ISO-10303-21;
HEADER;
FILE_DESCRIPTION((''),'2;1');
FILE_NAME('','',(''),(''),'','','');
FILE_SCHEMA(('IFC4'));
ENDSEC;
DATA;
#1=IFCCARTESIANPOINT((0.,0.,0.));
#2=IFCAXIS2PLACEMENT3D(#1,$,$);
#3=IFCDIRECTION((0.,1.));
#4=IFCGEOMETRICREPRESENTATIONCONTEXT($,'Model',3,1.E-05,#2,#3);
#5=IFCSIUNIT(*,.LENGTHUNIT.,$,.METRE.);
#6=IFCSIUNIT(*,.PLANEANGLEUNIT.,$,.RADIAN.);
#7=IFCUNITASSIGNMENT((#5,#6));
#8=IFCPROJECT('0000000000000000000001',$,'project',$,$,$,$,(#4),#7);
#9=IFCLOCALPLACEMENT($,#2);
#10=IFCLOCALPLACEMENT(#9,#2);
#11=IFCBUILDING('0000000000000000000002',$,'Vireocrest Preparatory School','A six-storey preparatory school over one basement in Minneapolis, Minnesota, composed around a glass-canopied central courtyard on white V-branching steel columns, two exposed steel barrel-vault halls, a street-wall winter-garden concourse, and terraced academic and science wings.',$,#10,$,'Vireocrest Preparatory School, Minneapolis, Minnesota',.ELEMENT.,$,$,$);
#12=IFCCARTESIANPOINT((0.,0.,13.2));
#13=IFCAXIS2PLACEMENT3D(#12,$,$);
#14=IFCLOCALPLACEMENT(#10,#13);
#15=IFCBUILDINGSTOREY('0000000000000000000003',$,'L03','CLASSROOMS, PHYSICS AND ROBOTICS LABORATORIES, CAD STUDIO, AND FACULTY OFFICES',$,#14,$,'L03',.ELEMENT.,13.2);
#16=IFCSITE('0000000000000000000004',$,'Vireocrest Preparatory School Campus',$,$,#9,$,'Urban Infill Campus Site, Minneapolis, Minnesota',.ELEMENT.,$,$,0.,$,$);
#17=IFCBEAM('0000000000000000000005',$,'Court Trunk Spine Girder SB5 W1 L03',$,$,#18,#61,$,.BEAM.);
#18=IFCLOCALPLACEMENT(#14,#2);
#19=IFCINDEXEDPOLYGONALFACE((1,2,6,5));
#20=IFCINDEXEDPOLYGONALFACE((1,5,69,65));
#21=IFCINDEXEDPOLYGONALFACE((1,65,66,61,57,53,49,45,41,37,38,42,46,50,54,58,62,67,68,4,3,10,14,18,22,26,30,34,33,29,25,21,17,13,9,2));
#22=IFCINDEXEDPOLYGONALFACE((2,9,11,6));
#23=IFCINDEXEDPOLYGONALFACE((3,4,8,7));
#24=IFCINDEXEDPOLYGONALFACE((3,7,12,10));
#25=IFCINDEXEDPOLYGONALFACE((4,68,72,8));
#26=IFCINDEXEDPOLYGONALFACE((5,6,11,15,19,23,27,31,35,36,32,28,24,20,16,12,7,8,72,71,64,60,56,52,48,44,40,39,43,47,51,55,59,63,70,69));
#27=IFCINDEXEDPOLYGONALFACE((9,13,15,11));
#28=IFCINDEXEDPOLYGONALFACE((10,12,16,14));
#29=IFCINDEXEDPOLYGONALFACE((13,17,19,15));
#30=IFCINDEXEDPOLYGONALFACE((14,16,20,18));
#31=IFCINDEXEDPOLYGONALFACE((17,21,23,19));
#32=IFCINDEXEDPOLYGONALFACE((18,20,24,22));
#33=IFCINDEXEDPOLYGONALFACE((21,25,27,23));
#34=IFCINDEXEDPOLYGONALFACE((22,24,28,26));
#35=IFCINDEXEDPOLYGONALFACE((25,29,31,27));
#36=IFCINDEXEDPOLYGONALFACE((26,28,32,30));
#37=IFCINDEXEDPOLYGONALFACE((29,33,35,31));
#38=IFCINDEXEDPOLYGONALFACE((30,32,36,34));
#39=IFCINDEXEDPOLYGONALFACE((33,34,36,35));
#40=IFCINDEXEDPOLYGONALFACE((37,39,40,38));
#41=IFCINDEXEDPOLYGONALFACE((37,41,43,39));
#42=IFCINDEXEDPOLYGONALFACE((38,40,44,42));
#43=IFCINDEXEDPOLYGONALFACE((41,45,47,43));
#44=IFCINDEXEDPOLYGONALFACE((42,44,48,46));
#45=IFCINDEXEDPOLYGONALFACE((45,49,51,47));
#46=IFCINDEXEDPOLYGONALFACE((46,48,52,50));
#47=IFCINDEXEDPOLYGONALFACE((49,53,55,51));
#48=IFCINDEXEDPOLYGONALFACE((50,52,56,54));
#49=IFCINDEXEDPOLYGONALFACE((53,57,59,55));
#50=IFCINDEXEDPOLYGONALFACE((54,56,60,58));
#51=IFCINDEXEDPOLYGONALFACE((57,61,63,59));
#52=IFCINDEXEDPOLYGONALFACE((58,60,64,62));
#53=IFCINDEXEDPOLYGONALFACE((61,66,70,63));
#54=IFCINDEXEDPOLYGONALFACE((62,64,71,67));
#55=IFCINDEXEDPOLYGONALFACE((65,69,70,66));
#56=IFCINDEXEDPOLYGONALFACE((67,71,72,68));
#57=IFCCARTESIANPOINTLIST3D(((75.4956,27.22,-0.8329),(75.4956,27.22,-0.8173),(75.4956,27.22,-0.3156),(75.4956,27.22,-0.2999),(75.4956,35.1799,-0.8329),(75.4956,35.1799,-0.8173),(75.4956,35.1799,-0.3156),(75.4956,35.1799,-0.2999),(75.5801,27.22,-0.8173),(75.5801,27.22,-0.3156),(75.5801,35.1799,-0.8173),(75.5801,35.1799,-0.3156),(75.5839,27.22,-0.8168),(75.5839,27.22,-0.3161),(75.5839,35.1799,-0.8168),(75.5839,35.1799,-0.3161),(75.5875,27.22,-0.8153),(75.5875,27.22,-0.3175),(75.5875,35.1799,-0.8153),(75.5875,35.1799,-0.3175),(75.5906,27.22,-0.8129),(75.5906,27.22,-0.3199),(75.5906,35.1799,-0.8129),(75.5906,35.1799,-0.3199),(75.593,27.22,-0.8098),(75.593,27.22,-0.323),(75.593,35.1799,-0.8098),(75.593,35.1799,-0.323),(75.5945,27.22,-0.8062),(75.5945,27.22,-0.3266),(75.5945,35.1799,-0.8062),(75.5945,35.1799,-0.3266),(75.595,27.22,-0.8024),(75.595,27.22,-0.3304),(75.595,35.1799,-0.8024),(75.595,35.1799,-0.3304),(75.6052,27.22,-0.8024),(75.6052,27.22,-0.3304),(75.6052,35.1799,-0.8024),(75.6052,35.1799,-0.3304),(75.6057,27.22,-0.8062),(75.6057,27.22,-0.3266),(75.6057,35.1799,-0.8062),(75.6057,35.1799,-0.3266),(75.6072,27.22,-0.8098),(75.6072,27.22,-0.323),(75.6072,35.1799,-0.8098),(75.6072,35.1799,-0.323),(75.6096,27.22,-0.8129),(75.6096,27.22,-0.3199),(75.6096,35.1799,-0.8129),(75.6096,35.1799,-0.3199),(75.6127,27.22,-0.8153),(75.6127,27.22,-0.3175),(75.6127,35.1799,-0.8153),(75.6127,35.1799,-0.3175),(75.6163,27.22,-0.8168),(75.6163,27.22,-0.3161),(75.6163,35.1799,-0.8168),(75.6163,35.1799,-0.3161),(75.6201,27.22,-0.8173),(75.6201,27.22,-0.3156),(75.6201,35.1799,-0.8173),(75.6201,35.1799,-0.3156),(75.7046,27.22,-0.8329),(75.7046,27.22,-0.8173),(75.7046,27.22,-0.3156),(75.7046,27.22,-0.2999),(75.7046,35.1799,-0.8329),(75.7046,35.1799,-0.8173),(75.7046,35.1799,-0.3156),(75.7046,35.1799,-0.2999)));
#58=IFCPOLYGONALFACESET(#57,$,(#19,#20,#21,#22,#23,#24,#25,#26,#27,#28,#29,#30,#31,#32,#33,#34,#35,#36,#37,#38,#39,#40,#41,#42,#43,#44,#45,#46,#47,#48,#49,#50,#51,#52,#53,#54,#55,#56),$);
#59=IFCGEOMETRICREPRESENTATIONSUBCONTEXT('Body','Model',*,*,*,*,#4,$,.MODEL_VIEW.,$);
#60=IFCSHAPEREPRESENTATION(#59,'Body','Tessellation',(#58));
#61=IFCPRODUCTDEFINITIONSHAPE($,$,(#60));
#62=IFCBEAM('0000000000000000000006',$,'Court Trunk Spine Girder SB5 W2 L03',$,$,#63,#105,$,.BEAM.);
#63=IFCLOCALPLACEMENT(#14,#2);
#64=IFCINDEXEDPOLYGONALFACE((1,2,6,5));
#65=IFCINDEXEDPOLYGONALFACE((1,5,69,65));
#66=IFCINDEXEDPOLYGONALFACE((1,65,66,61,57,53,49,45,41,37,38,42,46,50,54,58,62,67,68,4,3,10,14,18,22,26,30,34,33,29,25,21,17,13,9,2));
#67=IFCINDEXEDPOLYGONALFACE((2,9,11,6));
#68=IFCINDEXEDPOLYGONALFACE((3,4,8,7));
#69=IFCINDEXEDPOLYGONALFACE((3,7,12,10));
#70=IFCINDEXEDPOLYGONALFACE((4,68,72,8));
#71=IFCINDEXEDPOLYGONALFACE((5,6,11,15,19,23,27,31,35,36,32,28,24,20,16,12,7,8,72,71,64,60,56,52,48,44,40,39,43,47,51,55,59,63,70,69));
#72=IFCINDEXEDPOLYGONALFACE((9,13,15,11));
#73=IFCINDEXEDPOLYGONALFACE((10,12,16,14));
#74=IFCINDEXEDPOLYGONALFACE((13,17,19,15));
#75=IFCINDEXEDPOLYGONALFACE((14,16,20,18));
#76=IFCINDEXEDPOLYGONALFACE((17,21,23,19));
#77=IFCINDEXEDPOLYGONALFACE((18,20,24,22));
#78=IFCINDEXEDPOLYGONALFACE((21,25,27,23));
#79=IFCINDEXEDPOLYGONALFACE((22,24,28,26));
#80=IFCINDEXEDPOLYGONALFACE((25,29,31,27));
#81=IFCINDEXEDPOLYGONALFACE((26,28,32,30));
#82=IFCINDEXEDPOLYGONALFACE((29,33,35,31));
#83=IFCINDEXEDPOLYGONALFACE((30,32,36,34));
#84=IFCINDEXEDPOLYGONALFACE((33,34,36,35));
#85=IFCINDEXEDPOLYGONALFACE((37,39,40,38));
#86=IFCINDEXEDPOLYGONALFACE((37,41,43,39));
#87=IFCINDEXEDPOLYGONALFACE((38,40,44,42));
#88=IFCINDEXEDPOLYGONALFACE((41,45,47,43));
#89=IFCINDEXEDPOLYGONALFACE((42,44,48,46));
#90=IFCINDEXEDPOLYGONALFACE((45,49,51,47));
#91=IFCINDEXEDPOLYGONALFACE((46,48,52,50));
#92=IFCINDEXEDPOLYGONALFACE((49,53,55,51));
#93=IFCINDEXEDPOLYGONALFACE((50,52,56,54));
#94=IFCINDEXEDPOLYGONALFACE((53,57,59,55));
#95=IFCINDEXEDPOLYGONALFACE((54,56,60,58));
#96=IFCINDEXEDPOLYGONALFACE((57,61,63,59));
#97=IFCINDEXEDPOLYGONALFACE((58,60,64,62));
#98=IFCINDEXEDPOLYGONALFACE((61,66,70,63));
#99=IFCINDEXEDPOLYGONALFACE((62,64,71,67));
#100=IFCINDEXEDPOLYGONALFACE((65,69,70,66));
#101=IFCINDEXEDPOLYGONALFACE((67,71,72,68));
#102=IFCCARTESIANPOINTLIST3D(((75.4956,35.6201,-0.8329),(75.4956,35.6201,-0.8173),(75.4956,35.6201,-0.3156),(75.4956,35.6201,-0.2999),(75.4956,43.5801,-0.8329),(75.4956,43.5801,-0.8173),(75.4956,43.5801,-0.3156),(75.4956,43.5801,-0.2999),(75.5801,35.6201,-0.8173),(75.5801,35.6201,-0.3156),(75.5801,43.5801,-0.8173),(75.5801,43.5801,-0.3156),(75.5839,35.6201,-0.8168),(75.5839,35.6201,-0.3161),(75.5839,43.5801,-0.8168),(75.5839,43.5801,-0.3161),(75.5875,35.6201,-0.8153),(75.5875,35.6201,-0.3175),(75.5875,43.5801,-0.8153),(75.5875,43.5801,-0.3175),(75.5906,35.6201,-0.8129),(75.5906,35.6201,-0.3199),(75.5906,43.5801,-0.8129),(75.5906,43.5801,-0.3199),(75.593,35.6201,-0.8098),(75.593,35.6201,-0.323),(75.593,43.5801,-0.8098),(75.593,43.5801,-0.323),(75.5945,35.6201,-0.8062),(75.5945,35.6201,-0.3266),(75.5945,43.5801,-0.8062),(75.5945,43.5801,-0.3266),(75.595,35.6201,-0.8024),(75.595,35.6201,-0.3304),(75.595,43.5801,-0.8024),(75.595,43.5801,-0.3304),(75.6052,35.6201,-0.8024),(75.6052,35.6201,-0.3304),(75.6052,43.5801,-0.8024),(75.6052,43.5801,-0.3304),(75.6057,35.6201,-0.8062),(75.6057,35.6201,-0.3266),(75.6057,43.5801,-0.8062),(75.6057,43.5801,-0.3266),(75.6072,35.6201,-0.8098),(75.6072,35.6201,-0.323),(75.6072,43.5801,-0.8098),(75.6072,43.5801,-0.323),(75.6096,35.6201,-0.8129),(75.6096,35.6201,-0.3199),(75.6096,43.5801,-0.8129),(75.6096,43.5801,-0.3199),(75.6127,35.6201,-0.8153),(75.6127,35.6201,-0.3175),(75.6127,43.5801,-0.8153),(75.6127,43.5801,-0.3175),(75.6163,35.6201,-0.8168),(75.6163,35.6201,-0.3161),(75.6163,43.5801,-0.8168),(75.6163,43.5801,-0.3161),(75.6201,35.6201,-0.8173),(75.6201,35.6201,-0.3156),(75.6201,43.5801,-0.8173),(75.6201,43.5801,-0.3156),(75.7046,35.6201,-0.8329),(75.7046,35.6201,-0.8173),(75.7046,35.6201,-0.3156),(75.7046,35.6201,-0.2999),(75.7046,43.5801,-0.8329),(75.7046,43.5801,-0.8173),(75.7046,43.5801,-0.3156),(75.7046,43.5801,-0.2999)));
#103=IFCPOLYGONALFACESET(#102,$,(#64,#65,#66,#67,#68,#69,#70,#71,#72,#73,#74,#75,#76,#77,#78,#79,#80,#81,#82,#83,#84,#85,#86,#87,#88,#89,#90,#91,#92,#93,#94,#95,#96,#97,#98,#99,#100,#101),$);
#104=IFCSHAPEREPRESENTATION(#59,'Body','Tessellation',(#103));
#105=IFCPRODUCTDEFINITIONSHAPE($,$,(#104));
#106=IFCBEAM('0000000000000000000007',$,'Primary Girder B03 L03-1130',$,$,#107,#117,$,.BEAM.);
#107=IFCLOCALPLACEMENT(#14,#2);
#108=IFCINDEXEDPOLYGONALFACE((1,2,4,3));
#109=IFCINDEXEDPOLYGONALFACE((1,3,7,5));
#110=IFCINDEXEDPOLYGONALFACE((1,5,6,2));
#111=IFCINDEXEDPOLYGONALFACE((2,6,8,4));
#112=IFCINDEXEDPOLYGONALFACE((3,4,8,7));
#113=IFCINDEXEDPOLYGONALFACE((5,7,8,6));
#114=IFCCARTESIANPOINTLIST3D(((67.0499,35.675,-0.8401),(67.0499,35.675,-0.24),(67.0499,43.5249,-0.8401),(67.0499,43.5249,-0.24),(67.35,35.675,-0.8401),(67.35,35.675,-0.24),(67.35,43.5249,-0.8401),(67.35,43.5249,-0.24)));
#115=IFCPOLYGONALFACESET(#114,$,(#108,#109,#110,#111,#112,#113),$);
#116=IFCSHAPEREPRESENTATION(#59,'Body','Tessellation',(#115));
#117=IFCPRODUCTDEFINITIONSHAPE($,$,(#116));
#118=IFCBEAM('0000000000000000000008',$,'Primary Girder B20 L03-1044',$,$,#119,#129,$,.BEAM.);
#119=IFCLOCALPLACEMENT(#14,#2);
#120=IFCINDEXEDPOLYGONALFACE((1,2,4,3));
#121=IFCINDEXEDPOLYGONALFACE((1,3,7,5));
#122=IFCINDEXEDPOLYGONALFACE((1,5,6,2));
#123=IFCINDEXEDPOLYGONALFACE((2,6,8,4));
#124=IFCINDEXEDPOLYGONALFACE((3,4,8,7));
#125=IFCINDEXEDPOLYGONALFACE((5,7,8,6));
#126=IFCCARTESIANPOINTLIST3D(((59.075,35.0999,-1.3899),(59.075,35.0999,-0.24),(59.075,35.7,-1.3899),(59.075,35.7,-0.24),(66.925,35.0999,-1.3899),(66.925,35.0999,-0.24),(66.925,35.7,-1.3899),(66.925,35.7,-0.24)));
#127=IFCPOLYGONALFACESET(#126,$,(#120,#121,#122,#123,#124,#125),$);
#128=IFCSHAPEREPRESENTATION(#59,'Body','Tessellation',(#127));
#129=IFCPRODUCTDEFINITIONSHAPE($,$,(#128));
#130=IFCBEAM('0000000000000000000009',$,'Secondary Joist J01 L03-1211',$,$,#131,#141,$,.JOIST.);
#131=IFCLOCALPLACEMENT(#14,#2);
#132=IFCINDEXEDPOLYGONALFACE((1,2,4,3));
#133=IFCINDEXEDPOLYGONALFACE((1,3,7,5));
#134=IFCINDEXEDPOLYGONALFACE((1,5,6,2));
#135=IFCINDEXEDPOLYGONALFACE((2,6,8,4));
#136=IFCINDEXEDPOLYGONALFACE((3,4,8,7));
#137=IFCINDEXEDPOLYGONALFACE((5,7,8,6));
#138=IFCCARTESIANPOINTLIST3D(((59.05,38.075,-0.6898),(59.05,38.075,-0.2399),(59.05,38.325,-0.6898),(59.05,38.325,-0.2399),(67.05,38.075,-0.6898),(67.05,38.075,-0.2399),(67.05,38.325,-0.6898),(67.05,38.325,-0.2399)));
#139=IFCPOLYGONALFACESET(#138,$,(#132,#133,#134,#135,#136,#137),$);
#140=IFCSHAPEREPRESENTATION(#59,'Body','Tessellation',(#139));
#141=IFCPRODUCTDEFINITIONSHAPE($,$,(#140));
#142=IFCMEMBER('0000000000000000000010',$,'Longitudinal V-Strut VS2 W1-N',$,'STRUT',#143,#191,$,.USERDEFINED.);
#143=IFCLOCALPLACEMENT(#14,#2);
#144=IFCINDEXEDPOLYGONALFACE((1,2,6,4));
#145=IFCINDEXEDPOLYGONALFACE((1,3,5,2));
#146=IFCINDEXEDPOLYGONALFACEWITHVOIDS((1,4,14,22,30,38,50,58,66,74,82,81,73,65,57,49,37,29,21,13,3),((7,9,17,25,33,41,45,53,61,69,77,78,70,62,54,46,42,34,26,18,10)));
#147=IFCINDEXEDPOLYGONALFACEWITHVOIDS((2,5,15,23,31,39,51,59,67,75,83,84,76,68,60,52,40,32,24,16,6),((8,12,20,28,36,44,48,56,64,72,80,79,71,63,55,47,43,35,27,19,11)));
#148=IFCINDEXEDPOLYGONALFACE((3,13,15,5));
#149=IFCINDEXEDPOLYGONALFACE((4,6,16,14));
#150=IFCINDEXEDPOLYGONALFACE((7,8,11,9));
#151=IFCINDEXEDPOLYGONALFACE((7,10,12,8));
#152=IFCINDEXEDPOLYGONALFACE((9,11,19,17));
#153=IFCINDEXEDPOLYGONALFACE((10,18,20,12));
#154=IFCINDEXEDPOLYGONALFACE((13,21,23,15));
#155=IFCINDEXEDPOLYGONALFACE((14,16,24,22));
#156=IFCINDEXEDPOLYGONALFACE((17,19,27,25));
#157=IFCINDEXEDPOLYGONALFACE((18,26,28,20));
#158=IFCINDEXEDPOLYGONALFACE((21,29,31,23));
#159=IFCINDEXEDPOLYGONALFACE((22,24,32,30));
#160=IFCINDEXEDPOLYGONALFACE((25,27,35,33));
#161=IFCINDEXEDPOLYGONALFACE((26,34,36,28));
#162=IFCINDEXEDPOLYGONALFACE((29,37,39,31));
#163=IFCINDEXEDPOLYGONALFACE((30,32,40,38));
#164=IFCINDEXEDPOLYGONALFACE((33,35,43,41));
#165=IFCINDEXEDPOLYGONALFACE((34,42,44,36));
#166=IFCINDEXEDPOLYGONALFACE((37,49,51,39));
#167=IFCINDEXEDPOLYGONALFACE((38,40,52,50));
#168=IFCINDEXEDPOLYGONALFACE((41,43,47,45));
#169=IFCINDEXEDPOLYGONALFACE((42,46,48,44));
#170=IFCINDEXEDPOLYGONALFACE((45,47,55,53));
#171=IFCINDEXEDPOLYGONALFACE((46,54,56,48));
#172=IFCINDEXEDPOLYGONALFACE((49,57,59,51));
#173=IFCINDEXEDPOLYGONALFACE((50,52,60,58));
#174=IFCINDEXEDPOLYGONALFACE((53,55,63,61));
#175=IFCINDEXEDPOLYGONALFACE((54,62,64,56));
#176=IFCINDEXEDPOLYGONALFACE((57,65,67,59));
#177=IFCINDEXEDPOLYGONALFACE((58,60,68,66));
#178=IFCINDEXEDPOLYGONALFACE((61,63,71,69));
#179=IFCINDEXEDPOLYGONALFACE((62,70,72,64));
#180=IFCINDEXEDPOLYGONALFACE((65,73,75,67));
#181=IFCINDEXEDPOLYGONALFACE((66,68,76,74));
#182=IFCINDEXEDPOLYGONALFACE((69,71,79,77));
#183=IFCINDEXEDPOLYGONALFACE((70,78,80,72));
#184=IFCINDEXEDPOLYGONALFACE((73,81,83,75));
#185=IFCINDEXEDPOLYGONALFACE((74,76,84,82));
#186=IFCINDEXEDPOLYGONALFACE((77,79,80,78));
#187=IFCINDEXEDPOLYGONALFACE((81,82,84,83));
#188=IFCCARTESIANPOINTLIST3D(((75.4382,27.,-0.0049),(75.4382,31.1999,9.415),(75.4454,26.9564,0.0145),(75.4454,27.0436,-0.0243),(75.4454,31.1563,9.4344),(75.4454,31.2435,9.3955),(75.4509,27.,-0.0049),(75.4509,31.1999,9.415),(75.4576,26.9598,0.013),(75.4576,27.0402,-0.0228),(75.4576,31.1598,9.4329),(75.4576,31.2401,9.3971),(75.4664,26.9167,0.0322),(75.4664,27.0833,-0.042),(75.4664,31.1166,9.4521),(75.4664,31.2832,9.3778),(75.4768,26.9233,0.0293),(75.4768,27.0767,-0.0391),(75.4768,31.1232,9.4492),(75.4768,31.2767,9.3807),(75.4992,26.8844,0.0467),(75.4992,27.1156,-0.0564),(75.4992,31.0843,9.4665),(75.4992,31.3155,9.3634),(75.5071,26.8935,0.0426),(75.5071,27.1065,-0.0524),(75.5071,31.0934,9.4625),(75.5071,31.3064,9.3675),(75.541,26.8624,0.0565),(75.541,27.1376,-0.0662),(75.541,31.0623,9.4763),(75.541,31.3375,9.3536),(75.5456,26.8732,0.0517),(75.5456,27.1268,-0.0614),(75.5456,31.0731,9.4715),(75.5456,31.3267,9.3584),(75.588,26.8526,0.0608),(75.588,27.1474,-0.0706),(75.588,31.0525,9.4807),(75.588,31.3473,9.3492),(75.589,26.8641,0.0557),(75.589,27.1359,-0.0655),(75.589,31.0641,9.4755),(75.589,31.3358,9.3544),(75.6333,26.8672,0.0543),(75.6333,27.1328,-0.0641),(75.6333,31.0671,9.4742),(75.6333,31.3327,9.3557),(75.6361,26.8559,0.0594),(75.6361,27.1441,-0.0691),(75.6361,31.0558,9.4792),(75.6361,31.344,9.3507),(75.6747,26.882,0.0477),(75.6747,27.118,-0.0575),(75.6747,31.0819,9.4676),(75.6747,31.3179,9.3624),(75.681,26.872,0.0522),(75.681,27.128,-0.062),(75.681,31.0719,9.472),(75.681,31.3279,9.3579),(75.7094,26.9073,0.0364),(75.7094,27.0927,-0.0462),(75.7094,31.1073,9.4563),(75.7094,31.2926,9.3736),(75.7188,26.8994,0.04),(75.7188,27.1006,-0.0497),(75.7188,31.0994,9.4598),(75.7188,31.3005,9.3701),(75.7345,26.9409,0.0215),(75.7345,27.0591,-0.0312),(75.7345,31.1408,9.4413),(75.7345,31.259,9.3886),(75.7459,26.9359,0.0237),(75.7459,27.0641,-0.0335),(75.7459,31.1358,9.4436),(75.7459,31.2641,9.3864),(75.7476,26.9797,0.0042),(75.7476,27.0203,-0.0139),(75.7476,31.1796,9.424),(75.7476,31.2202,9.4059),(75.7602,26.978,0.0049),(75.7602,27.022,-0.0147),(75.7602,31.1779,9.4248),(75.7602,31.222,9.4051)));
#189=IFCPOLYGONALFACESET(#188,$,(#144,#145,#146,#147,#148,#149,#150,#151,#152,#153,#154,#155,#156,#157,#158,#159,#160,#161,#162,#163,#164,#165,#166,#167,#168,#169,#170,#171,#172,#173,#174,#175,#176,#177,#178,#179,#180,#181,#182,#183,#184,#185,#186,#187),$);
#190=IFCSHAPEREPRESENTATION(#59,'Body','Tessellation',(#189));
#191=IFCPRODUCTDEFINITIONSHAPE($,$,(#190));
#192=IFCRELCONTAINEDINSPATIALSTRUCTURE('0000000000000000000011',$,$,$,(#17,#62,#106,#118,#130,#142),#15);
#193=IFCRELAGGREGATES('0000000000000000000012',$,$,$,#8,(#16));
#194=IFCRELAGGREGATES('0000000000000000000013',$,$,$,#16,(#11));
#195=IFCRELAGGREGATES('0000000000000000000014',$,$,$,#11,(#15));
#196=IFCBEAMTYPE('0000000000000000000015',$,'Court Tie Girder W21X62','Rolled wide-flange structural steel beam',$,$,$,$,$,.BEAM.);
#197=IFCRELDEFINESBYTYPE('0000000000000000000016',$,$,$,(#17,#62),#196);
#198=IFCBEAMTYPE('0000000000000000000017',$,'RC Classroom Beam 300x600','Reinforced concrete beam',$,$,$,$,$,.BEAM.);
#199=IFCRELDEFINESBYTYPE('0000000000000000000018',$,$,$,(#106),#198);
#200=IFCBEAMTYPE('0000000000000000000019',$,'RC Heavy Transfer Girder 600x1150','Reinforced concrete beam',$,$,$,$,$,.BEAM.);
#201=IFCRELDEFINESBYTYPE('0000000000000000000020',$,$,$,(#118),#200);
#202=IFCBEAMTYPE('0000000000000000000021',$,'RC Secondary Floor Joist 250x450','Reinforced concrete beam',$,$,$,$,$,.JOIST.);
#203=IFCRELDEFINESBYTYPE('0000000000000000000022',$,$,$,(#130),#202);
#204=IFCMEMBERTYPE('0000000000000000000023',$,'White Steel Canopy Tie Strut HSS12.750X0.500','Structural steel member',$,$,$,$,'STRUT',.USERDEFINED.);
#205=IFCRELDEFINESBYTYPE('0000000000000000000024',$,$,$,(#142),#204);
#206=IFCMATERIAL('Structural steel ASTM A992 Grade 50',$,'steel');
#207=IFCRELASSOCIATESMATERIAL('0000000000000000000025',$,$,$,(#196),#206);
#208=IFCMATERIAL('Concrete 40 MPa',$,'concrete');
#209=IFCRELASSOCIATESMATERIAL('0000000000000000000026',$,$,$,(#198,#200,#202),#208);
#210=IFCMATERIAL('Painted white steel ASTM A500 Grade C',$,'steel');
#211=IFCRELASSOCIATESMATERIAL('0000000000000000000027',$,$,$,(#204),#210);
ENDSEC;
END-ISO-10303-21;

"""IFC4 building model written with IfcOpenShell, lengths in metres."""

from ifc_helpers import new_model, si_unit, direction, frame, origin, origin_2d, place, context, subcontext, project, spatial, rectangle, hollow_circle, i_section, extrude, material, material_profile, profile_set, type_object, element, save


model = new_model("IFC4")

# Units and contexts
model_context = context("Model", 3, precision=1e-05, world=origin(), true_north=direction((0.0, 1.0)))
body_context = subcontext(model_context, "Body", "Model", "MODEL_VIEW")
ifc_project = project(units=[si_unit("LENGTHUNIT", "METRE"), si_unit("PLANEANGLEUNIT", "RADIAN")], contexts=[model_context])

# Site, building, storey
site_placement = place(None, origin())
site = spatial("IfcSite", under=ifc_project, at=site_placement, Name="Vireocrest Preparatory School Campus", LongName="Urban Infill Campus Site, Minneapolis, Minnesota", CompositionType="ELEMENT", RefElevation=0.0)
building_placement = place(site_placement, origin())
building = spatial("IfcBuilding", under=site, at=building_placement, Name="Vireocrest Preparatory School", Description="A six-storey preparatory school over one basement in Minneapolis, Minnesota, composed around a glass-canopied central courtyard on white V-branching steel columns, two exposed steel barrel-vault halls, a street-wall winter-garden concourse, and terraced academic and science wings.", LongName="Vireocrest Preparatory School, Minneapolis, Minnesota", CompositionType="ELEMENT")
storey_placement = place(building_placement, frame((0.0, 0.0, 13.2)))
storey = spatial("IfcBuildingStorey", under=building, at=storey_placement, Name="L03", Description="CLASSROOMS, PHYSICS AND ROBOTICS LABORATORIES, CAD STUDIO, AND FACULTY OFFICES", LongName="L03", CompositionType="ELEMENT", Elevation=13.2)

# Beams
ifc_material_1 = material(Name="Structural steel ASTM A992 Grade 50", Category="steel")
ifc_material_profile_1 = material_profile(ifc_material_1, i_section(OverallWidth=0.209, OverallDepth=0.533, WebThickness=0.0103, FlangeThickness=0.0156, FilletRadius=0.0149, at=origin_2d()), Name="W21X62")
ifc_profile_set_1 = profile_set([ifc_material_profile_1], Name="Structural steel ASTM A992 Grade 50")
beam_type_1 = type_object("IfcBeamType", Name="Court Tie Girder W21X62", Description="Rolled wide-flange structural steel beam", PredefinedType="BEAM", material=ifc_profile_set_1)
for number, where, z_axis, x_axis, name in (
    (1, (75.6001, 27.22, -0.5664), (0.0, 1.0, 0.0), (-1.0, 0.0, 0.0), "Court Trunk Spine Girder SB5 W1 L03"),
    (2, (75.6001, 35.6201, -0.5664), (0.0, 1.0, 0.0), (-1.0, 0.0, 0.0), "Court Trunk Spine Girder SB5 W2 L03"),
):
    element("IfcBeam", number, at=place(storey_placement, frame(where, z_axis=z_axis, x_axis=x_axis)), inside=storey, type_object=beam_type_1, Name=name, PredefinedType="BEAM", context=body_context, shape_type="SweptSolid", body=[
        extrude(i_section(OverallWidth=0.209, OverallDepth=0.533, WebThickness=0.0103, FlangeThickness=0.0156, FilletRadius=0.0149, at=origin_2d()), origin(), (0.0, 0.0, 1.0), 7.96),
    ])
ifc_material_2 = material(Name="Concrete 40 MPa", Category="concrete")
ifc_material_profile_2 = material_profile(ifc_material_2, rectangle(XDim=0.3, YDim=0.6001, at=origin_2d()), Name="RC 300x600")
ifc_profile_set_2 = profile_set([ifc_material_profile_2], Name="Concrete 40 MPa")
beam_type_2 = type_object("IfcBeamType", Name="RC Classroom Beam 300x600", Description="Reinforced concrete beam", PredefinedType="BEAM", material=ifc_profile_set_2)
beam_1_placement = place(storey_placement, frame((67.2, 35.675, -0.54), z_axis=(0.0, 1.0, 0.0), x_axis=(-1.0, 0.0, 0.0)))
element("IfcBeam", 3, at=beam_1_placement, inside=storey, type_object=beam_type_2, Name="Primary Girder B03 L03-1130", PredefinedType="BEAM", context=body_context, shape_type="SweptSolid", body=[
    extrude(rectangle(XDim=0.3, YDim=0.6001, at=origin_2d()), origin(), (0.0, 0.0, 1.0), 7.8499),
])
ifc_material_profile_3 = material_profile(ifc_material_2, rectangle(XDim=0.6001, YDim=1.1499, at=origin_2d()), Name="RC 600x1150")
ifc_profile_set_3 = profile_set([ifc_material_profile_3], Name="Concrete 40 MPa")
beam_type_3 = type_object("IfcBeamType", Name="RC Heavy Transfer Girder 600x1150", Description="Reinforced concrete beam", PredefinedType="BEAM", material=ifc_profile_set_3)
beam_2_placement = place(storey_placement, frame((59.075, 35.3999, -0.8149), z_axis=(1.0, 0.0, 0.0), x_axis=(0.0, 1.0, 0.0)))
element("IfcBeam", 4, at=beam_2_placement, inside=storey, type_object=beam_type_3, Name="Primary Girder B20 L03-1044", PredefinedType="BEAM", context=body_context, shape_type="SweptSolid", body=[
    extrude(rectangle(XDim=0.6001, YDim=1.1499, at=origin_2d()), origin(), (0.0, 0.0, 1.0), 7.8501),
])
ifc_material_profile_4 = material_profile(ifc_material_2, rectangle(XDim=0.25, YDim=0.45, at=origin_2d()), Name="RC 250x450")
ifc_profile_set_4 = profile_set([ifc_material_profile_4], Name="Concrete 40 MPa")
beam_type_4 = type_object("IfcBeamType", Name="RC Secondary Floor Joist 250x450", Description="Reinforced concrete beam", PredefinedType="JOIST", material=ifc_profile_set_4)
beam_3_placement = place(storey_placement, frame((59.05, 38.2, -0.4648), z_axis=(1.0, 0.0, 0.0), x_axis=(0.0, 1.0, 0.0)))
element("IfcBeam", 5, at=beam_3_placement, inside=storey, type_object=beam_type_4, Name="Secondary Joist J01 L03-1211", PredefinedType="JOIST", context=body_context, shape_type="SweptSolid", body=[
    extrude(rectangle(XDim=0.25, YDim=0.45, at=origin_2d()), origin(), (0.0, 0.0, 1.0), 8.0),
])

# Member
ifc_material_3 = material(Name="Painted white steel ASTM A500 Grade C", Category="steel")
ifc_material_profile_5 = material_profile(ifc_material_3, hollow_circle(Radius=0.1619, WallThickness=0.0127, at=origin_2d()), Name="HSS12.750X0.500")
ifc_profile_set_5 = profile_set([ifc_material_profile_5], Name="Painted white steel ASTM A500 Grade C")
member_type_1 = type_object("IfcMemberType", Name="White Steel Canopy Tie Strut HSS12.750X0.500", Description="Structural steel member", ElementType="STRUT", PredefinedType="USERDEFINED", material=ifc_profile_set_5)
for number, where, z_axis, x_axis, name in (
    (6, (75.6001, 27.0, -0.0049), (0.0, 0.407217, 0.913332), (-1.0, 0.0, 0.0), "Longitudinal V-Strut VS2 W1-N"),
):
    element("IfcMember", number, at=place(storey_placement, frame(where, z_axis=z_axis, x_axis=x_axis)), inside=storey, type_object=member_type_1, Name=name, ObjectType="STRUT", PredefinedType="USERDEFINED", context=body_context, shape_type="SweptSolid", body=[
        extrude(hollow_circle(Radius=0.1619, WallThickness=0.0127, at=origin_2d()), origin(), (0.0, 0.0, 1.0), 10.3137),
    ])

save(model, "model.ifc")
